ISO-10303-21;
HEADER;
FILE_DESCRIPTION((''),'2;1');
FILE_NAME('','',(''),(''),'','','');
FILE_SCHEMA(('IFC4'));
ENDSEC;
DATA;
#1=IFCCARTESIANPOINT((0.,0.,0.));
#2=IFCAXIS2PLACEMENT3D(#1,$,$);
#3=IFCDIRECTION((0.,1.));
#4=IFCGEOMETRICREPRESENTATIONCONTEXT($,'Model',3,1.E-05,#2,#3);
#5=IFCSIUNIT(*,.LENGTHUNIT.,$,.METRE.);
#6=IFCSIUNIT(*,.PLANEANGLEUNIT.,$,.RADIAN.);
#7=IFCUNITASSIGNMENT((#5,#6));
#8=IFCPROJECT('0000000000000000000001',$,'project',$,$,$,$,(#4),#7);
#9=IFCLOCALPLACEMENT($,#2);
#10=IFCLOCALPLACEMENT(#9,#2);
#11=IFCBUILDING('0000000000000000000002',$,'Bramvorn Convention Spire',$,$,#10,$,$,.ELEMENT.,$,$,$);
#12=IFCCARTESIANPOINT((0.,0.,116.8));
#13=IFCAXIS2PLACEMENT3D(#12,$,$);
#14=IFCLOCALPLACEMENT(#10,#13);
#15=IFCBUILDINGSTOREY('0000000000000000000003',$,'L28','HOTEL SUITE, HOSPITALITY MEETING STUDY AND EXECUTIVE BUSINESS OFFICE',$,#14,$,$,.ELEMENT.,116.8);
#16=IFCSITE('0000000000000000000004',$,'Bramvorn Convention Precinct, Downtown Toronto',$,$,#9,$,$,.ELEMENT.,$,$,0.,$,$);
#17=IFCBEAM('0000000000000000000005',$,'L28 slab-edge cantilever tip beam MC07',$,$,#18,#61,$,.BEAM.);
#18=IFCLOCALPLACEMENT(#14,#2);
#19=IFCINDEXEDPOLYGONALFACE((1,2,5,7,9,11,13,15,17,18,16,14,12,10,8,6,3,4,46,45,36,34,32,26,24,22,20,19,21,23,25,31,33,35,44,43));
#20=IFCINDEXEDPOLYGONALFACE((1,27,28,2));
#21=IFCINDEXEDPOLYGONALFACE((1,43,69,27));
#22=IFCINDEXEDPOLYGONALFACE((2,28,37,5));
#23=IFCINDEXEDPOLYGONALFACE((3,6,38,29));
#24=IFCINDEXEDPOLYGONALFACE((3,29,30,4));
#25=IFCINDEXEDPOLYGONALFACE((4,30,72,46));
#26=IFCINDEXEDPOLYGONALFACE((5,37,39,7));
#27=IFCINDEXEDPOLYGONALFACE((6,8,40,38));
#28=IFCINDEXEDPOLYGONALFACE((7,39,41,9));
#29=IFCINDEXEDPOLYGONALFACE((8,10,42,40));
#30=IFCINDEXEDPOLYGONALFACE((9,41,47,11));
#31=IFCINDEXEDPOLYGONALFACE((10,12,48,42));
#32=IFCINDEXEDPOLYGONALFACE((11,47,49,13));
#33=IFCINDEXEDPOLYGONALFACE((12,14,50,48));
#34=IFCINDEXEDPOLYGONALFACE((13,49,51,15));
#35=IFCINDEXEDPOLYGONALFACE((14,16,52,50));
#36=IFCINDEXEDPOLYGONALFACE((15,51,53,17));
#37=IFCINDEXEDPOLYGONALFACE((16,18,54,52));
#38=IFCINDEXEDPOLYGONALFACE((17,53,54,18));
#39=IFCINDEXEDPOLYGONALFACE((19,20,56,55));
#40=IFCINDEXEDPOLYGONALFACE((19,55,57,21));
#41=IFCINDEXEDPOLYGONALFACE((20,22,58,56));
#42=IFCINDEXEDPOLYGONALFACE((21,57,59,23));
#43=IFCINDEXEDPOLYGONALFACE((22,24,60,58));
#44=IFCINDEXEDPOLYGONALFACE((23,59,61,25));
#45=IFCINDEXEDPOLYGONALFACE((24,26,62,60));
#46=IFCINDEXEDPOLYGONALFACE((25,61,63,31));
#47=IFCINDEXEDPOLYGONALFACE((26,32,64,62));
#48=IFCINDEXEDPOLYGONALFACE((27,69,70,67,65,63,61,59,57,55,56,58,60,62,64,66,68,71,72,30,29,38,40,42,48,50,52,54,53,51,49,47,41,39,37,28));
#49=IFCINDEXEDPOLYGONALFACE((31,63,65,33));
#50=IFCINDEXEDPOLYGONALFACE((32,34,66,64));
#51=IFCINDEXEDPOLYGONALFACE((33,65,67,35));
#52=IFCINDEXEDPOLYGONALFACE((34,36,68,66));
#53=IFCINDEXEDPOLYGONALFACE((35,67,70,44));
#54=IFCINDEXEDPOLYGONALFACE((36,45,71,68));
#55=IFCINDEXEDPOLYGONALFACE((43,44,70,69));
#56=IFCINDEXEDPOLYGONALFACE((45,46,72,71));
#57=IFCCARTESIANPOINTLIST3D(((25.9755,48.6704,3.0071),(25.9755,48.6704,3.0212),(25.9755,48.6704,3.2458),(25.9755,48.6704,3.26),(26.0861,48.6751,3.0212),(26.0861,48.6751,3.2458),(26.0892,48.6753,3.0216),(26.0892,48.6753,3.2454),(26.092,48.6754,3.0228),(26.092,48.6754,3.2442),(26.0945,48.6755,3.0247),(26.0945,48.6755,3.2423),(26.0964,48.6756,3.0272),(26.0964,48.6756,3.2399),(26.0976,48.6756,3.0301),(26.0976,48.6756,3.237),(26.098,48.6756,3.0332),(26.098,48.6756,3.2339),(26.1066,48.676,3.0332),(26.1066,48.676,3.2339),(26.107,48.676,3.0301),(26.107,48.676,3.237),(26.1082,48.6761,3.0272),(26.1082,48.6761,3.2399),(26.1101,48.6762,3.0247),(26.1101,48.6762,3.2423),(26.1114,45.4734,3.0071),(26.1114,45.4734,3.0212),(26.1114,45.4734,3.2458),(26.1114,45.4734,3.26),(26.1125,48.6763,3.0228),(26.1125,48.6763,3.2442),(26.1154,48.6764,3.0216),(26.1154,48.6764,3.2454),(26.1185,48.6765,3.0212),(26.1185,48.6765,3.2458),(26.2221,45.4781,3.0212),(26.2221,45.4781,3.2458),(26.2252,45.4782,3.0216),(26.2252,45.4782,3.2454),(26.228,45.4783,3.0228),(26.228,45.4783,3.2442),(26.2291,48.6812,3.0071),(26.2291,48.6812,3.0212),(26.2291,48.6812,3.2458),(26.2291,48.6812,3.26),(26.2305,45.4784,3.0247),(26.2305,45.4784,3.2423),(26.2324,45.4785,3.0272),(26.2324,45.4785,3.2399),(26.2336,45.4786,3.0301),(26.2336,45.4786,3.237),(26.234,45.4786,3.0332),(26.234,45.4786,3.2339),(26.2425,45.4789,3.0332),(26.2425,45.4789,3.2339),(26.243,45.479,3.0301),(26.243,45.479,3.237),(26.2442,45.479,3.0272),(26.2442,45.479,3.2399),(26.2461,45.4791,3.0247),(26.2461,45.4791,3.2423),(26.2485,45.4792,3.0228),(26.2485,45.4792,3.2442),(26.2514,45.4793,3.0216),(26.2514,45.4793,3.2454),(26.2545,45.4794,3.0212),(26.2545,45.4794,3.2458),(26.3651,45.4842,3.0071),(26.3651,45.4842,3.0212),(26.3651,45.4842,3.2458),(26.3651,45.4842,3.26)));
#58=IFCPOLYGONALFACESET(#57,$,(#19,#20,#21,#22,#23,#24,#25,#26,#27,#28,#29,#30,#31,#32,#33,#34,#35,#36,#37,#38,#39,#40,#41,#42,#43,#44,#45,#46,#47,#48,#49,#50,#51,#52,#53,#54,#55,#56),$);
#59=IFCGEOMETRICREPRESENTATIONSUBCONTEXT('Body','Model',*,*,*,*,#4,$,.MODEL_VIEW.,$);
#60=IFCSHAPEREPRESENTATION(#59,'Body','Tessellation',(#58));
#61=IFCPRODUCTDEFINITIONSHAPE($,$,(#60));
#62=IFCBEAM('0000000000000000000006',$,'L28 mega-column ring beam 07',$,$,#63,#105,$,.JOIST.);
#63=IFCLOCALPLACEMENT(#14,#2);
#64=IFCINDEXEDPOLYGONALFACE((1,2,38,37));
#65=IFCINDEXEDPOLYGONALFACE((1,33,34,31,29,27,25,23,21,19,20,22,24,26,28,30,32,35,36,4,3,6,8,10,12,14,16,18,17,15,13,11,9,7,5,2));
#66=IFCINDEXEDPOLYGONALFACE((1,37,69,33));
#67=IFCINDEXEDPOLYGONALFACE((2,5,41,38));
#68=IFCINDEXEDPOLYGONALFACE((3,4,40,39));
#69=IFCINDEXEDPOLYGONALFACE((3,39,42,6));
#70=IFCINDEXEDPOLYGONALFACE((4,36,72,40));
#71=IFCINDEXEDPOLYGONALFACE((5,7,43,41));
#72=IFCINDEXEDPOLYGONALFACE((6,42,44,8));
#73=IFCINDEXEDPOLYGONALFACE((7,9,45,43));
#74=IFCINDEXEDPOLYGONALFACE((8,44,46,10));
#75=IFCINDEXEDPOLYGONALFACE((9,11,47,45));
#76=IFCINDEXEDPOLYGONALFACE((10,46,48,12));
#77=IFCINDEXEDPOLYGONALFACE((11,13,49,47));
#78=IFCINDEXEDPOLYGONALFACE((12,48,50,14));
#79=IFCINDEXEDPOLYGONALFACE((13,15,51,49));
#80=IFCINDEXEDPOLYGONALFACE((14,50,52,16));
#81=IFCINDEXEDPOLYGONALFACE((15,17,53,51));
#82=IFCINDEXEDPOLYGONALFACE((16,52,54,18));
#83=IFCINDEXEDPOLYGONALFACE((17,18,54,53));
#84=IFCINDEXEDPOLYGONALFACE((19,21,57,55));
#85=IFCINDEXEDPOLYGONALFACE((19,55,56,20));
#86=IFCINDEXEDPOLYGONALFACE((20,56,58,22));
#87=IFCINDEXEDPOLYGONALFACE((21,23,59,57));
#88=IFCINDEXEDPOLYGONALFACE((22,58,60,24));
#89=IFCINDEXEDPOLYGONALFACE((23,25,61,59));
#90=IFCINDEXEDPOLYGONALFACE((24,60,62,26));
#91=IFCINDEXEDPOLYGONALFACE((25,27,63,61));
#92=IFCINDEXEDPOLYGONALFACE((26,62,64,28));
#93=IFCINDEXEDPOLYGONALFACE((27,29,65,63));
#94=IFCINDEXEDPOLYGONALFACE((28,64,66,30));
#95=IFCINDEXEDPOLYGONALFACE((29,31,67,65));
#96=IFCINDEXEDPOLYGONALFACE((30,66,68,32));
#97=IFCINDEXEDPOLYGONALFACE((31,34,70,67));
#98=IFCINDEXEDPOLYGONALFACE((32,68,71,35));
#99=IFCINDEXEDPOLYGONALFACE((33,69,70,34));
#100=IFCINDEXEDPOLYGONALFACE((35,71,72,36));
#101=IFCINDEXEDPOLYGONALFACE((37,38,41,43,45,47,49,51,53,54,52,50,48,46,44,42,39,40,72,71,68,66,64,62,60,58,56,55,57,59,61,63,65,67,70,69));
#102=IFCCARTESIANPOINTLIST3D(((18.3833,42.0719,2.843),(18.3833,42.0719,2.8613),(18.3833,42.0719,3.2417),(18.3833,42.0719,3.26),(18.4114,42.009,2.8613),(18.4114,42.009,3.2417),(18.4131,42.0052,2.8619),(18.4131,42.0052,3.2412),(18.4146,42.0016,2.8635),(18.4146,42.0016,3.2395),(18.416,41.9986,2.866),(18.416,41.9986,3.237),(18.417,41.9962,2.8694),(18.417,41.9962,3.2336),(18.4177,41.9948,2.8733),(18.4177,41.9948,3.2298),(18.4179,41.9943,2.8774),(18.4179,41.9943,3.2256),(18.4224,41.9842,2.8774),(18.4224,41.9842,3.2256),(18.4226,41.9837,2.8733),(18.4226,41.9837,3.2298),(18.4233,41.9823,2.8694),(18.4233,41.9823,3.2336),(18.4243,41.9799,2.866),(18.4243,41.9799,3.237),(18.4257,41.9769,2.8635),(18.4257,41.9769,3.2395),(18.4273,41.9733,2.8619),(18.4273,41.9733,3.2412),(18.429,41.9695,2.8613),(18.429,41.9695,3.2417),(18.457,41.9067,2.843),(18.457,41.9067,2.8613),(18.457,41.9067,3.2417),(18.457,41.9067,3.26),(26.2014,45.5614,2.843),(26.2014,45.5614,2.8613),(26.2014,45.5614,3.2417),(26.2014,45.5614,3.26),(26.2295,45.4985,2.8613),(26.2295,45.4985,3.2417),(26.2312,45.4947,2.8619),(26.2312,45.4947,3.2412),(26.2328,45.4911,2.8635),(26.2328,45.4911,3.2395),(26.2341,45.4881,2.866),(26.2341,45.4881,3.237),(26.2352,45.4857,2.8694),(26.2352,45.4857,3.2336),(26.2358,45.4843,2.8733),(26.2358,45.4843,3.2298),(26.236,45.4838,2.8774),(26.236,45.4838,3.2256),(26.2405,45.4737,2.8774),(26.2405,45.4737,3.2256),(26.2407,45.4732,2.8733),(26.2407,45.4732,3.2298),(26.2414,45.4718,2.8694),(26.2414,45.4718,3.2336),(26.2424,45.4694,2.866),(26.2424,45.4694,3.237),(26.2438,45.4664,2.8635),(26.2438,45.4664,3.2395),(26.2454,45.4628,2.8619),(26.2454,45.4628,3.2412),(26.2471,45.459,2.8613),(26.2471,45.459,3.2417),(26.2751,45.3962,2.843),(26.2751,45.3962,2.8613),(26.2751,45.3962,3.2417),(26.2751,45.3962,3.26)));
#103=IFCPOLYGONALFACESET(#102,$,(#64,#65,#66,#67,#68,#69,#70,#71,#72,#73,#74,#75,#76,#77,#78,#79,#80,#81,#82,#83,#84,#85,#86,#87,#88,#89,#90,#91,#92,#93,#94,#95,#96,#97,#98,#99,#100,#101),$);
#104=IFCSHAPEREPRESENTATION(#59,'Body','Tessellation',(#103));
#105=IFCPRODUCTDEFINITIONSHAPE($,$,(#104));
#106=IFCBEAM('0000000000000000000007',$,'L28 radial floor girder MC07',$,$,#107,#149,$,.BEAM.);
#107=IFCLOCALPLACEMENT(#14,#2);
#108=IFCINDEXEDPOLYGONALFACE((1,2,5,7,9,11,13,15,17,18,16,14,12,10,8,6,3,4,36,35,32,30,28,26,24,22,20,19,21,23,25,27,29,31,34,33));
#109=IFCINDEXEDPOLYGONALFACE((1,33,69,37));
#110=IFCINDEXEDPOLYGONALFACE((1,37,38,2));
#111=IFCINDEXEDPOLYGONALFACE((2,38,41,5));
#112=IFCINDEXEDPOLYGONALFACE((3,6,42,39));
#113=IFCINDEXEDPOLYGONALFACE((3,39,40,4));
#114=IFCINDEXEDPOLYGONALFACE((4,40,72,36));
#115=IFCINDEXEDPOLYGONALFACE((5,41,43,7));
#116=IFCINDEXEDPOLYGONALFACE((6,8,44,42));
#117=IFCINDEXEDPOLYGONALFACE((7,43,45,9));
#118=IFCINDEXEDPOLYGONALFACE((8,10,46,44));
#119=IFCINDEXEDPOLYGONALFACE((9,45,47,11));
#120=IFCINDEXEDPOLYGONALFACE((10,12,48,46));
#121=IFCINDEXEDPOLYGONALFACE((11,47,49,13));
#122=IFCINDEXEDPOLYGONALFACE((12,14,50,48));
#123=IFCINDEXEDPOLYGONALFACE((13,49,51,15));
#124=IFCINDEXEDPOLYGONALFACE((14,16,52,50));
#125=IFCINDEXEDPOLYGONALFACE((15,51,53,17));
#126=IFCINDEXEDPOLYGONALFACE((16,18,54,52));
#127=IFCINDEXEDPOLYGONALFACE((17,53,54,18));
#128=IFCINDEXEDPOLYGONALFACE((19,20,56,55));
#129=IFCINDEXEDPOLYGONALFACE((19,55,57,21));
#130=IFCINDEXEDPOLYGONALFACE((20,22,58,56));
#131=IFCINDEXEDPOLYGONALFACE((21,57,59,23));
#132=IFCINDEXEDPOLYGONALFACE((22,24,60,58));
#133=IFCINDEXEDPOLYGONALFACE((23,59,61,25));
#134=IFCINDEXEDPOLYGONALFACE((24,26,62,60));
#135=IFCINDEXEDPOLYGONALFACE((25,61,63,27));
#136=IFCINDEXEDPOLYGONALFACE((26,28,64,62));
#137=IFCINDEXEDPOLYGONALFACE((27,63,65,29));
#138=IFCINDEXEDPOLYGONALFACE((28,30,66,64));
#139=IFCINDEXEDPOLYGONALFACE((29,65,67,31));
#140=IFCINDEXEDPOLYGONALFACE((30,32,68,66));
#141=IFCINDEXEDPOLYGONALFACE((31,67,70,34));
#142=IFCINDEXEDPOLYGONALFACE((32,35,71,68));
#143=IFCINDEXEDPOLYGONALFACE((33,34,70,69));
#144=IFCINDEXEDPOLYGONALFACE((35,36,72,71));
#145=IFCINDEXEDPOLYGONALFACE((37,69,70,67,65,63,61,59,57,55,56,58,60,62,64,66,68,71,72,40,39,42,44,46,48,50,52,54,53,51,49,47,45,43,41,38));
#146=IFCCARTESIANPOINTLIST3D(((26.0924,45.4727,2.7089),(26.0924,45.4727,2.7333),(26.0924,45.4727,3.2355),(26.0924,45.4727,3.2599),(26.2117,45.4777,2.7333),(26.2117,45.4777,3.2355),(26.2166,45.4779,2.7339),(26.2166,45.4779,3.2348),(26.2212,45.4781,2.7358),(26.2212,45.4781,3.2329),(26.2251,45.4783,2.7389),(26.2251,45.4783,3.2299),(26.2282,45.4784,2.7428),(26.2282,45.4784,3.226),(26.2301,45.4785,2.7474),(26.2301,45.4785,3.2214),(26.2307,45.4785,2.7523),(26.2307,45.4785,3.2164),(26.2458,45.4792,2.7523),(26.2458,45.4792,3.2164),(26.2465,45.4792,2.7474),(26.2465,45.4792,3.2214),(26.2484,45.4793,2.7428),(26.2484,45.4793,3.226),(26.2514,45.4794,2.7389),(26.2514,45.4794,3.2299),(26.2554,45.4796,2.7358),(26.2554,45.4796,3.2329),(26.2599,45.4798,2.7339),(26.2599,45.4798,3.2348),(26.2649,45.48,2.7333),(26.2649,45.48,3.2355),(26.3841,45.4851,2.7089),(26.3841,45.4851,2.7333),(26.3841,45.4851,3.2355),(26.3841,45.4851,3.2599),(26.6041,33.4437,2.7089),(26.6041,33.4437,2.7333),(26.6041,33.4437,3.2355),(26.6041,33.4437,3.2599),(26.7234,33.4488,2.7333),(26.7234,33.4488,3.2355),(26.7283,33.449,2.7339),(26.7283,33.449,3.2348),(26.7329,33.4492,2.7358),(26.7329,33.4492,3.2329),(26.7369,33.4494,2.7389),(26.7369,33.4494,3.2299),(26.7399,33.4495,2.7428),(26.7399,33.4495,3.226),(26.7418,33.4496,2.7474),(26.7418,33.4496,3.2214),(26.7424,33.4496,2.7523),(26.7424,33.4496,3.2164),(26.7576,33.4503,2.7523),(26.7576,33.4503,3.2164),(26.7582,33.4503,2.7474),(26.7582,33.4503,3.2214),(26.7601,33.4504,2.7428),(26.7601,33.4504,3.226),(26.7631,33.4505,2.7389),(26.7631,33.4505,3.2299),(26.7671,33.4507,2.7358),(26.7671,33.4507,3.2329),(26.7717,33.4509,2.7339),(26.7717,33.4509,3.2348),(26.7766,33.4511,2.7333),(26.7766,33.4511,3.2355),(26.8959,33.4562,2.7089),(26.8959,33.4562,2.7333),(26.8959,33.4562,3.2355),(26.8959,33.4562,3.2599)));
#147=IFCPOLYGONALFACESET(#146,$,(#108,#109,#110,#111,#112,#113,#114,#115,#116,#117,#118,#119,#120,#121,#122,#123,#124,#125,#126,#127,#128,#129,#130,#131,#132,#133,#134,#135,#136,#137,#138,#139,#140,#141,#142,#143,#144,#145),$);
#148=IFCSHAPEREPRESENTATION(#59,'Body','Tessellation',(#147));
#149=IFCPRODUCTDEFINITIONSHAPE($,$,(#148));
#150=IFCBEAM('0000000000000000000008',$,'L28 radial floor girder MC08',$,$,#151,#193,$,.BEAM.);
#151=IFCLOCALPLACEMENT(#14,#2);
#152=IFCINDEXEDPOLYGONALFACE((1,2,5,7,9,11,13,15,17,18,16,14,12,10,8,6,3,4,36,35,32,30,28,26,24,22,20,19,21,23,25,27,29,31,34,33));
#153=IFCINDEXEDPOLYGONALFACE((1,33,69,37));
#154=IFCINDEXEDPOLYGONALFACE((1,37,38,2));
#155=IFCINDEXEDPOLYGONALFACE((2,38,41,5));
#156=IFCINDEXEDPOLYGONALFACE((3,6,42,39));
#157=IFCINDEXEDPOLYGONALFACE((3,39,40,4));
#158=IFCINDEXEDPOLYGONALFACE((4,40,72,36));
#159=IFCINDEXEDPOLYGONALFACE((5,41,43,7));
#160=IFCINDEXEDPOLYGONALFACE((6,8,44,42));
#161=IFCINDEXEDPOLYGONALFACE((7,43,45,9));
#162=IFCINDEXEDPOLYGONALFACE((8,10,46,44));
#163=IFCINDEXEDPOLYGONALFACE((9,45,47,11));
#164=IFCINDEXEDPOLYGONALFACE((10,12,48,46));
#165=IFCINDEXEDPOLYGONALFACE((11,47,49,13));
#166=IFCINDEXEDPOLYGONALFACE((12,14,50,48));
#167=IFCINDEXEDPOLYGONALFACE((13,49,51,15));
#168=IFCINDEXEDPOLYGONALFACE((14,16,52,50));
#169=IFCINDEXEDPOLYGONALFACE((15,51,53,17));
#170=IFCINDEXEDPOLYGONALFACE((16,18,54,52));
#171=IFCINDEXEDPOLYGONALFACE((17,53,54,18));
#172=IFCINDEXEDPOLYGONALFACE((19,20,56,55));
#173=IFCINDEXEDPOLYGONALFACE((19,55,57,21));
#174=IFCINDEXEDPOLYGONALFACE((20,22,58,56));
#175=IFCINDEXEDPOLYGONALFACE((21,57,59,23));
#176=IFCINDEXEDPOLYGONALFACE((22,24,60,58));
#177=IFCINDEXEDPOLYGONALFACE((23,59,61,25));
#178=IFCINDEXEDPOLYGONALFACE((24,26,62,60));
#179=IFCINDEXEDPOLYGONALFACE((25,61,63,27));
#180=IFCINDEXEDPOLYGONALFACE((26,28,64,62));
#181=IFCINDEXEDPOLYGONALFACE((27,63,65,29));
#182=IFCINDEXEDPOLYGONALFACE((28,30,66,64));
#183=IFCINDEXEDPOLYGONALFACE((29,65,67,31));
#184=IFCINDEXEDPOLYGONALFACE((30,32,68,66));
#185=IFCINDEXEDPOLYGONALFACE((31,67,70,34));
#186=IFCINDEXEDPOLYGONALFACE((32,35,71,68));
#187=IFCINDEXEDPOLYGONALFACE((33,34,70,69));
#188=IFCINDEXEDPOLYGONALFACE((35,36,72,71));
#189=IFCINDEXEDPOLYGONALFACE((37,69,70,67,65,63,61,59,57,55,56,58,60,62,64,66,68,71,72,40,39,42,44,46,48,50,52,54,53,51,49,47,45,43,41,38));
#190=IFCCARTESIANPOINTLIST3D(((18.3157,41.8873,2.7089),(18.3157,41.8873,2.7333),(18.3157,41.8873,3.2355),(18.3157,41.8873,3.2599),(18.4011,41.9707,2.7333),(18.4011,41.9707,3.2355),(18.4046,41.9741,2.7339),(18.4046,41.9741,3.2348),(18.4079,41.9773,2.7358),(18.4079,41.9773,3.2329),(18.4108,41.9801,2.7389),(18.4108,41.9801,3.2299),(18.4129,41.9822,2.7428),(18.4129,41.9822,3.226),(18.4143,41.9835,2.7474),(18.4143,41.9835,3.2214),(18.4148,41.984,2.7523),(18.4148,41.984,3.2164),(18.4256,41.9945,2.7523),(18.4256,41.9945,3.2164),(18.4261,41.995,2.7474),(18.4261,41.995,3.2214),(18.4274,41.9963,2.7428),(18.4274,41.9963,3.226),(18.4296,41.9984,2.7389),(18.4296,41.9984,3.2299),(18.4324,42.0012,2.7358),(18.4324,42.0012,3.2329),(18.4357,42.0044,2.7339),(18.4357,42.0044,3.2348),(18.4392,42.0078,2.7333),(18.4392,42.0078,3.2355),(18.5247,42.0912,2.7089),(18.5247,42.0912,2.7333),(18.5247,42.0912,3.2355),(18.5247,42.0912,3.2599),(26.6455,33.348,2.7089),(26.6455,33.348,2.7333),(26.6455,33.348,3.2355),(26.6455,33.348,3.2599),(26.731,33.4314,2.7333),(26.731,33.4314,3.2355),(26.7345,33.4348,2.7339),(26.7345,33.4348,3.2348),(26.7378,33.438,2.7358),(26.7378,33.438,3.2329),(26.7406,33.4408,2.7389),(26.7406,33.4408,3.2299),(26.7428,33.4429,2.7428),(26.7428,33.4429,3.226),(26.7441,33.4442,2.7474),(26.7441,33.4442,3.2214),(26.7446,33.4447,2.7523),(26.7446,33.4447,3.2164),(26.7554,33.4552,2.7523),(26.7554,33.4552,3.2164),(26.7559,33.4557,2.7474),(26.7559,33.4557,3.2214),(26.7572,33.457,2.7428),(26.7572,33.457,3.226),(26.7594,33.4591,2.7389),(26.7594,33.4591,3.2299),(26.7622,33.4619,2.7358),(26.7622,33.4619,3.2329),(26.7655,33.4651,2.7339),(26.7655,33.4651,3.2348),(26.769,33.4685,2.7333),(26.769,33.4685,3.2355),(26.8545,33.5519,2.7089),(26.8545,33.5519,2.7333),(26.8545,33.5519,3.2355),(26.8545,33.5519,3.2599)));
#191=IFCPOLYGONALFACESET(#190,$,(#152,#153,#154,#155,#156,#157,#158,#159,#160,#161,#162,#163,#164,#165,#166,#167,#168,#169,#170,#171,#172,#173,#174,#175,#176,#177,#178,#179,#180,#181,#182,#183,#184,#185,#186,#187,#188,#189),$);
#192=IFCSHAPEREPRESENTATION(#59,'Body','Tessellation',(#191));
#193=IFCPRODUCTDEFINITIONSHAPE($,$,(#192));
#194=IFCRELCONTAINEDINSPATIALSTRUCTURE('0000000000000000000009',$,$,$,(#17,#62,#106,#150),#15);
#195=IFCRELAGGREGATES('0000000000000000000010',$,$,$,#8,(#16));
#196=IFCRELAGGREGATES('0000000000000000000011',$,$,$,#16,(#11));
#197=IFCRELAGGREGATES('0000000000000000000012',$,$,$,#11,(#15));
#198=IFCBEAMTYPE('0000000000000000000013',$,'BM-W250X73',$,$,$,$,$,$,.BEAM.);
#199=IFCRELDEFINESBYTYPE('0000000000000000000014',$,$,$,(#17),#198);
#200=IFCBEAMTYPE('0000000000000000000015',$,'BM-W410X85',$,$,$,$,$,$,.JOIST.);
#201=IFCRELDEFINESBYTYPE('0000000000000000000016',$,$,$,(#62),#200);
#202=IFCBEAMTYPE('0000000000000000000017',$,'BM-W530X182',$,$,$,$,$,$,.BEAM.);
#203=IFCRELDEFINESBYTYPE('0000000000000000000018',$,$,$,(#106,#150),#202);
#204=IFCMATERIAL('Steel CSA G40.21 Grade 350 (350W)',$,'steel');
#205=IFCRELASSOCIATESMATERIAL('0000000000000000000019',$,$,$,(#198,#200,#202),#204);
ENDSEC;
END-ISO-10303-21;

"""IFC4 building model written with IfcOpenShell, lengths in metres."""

from ifc_helpers import new_model, si_unit, direction, frame, origin, origin_2d, place, context, subcontext, project, spatial, i_section, extrude, material, material_profile, profile_set, type_object, element, save


model = new_model("IFC4")

# Units and contexts
model_context = context("Model", 3, precision=1e-05, world=origin(), true_north=direction((0.0, 1.0)))
body_context = subcontext(model_context, "Body", "Model", "MODEL_VIEW")
ifc_project = project(units=[si_unit("LENGTHUNIT", "METRE"), si_unit("PLANEANGLEUNIT", "RADIAN")], contexts=[model_context])

# Site, building, storey
site_placement = place(None, origin())
site = spatial("IfcSite", under=ifc_project, at=site_placement, Name="Bramvorn Convention Precinct, Downtown Toronto", CompositionType="ELEMENT", RefElevation=0.0)
building_placement = place(site_placement, origin())
building = spatial("IfcBuilding", under=site, at=building_placement, Name="Bramvorn Convention Spire", CompositionType="ELEMENT")
storey_placement = place(building_placement, frame((0.0, 0.0, 116.8)))
storey = spatial("IfcBuildingStorey", under=building, at=storey_placement, Name="L28", Description="HOTEL SUITE, HOSPITALITY MEETING STUDY AND EXECUTIVE BUSINESS OFFICE", CompositionType="ELEMENT", Elevation=116.8)

# Shared definitions
ifc_material_1 = material(Name="Steel CSA G40.21 Grade 350 (350W)", Category="steel")

# Beams
ifc_material_profile_1 = material_profile(ifc_material_1, i_section(OverallWidth=0.2539, OverallDepth=0.2529, WebThickness=0.0085, FlangeThickness=0.0142, FilletRadius=0.012, at=origin_2d()))
ifc_profile_set_1 = profile_set([ifc_material_profile_1], Name="Steel CSA G40.21 Grade 350 (350W) - W250X73")
beam_type_1 = type_object("IfcBeamType", Name="BM-W250X73", PredefinedType="BEAM", material=ifc_profile_set_1)
beam_1_placement = place(storey_placement, frame((26.2383, 45.4788, 3.1335), z_axis=(-0.042497, 0.999097, 0.0), x_axis=(-0.999097, -0.042497, 0.0)))
element("IfcBeam", 1, at=beam_1_placement, inside=storey, type_object=beam_type_1, Name="L28 slab-edge cantilever tip beam MC07", PredefinedType="BEAM", context=body_context, shape_type="SweptSolid", body=[
    extrude(i_section(OverallWidth=0.2539, OverallDepth=0.2529, WebThickness=0.0085, FlangeThickness=0.0142, FilletRadius=0.012, at=origin_2d()), origin(), (0.0, 0.0, 1.0), 3.2),
])
ifc_material_profile_2 = material_profile(ifc_material_1, i_section(OverallWidth=0.1809, OverallDepth=0.417, WebThickness=0.011, FlangeThickness=0.0183, FilletRadius=0.0161, at=origin_2d()))
ifc_profile_set_2 = profile_set([ifc_material_profile_2], Name="Steel CSA G40.21 Grade 350 (350W) - W410X85")
beam_type_2 = type_object("IfcBeamType", Name="BM-W410X85", PredefinedType="JOIST", material=ifc_profile_set_2)
beam_2_placement = place(storey_placement, frame((26.2383, 45.4788, 3.0515), z_axis=(-0.91317, -0.40758, 0.0), x_axis=(0.40758, -0.91317, 0.0)))
element("IfcBeam", 2, at=beam_2_placement, inside=storey, type_object=beam_type_2, Name="L28 mega-column ring beam 07", PredefinedType="JOIST", context=body_context, shape_type="SweptSolid", body=[
    extrude(i_section(OverallWidth=0.1809, OverallDepth=0.417, WebThickness=0.011, FlangeThickness=0.0183, FilletRadius=0.0161, at=origin_2d()), origin(), (0.0, 0.0, 1.0), 8.5615),
])
ifc_material_profile_3 = material_profile(ifc_material_1, i_section(OverallWidth=0.292, OverallDepth=0.551, WebThickness=0.0151, FlangeThickness=0.0244, FilletRadius=0.019, at=origin_2d()))
ifc_profile_set_3 = profile_set([ifc_material_profile_3], Name="Steel CSA G40.21 Grade 350 (350W) - W530X182")
beam_type_3 = type_object("IfcBeamType", Name="BM-W530X182", PredefinedType="BEAM", material=ifc_profile_set_3)
beam_3_placement = place(storey_placement, frame((26.75, 33.45, 2.9844), z_axis=(-0.042503, 0.999096, 0.0), x_axis=(-0.999096, -0.042503, 0.0)))
element("IfcBeam", 3, at=beam_3_placement, inside=storey, type_object=beam_type_3, Name="L28 radial floor girder MC07", PredefinedType="BEAM", context=body_context, shape_type="SweptSolid", body=[
    extrude(i_section(OverallWidth=0.292, OverallDepth=0.551, WebThickness=0.0151, FlangeThickness=0.0244, FilletRadius=0.019, at=origin_2d()), origin(), (0.0, 0.0, 1.0), 12.0398),
])
beam_4_placement = place(storey_placement, frame((26.75, 33.45, 2.9844), z_axis=(-0.698272, 0.715832, 0.0), x_axis=(-0.715832, -0.698272, 0.0)))
element("IfcBeam", 4, at=beam_4_placement, inside=storey, type_object=beam_type_3, Name="L28 radial floor girder MC08", PredefinedType="BEAM", context=body_context, shape_type="SweptSolid", body=[
    extrude(i_section(OverallWidth=0.292, OverallDepth=0.551, WebThickness=0.0151, FlangeThickness=0.0244, FilletRadius=0.019, at=origin_2d()), origin(), (0.0, 0.0, 1.0), 11.9292),
])

save(model, "model.ifc")
